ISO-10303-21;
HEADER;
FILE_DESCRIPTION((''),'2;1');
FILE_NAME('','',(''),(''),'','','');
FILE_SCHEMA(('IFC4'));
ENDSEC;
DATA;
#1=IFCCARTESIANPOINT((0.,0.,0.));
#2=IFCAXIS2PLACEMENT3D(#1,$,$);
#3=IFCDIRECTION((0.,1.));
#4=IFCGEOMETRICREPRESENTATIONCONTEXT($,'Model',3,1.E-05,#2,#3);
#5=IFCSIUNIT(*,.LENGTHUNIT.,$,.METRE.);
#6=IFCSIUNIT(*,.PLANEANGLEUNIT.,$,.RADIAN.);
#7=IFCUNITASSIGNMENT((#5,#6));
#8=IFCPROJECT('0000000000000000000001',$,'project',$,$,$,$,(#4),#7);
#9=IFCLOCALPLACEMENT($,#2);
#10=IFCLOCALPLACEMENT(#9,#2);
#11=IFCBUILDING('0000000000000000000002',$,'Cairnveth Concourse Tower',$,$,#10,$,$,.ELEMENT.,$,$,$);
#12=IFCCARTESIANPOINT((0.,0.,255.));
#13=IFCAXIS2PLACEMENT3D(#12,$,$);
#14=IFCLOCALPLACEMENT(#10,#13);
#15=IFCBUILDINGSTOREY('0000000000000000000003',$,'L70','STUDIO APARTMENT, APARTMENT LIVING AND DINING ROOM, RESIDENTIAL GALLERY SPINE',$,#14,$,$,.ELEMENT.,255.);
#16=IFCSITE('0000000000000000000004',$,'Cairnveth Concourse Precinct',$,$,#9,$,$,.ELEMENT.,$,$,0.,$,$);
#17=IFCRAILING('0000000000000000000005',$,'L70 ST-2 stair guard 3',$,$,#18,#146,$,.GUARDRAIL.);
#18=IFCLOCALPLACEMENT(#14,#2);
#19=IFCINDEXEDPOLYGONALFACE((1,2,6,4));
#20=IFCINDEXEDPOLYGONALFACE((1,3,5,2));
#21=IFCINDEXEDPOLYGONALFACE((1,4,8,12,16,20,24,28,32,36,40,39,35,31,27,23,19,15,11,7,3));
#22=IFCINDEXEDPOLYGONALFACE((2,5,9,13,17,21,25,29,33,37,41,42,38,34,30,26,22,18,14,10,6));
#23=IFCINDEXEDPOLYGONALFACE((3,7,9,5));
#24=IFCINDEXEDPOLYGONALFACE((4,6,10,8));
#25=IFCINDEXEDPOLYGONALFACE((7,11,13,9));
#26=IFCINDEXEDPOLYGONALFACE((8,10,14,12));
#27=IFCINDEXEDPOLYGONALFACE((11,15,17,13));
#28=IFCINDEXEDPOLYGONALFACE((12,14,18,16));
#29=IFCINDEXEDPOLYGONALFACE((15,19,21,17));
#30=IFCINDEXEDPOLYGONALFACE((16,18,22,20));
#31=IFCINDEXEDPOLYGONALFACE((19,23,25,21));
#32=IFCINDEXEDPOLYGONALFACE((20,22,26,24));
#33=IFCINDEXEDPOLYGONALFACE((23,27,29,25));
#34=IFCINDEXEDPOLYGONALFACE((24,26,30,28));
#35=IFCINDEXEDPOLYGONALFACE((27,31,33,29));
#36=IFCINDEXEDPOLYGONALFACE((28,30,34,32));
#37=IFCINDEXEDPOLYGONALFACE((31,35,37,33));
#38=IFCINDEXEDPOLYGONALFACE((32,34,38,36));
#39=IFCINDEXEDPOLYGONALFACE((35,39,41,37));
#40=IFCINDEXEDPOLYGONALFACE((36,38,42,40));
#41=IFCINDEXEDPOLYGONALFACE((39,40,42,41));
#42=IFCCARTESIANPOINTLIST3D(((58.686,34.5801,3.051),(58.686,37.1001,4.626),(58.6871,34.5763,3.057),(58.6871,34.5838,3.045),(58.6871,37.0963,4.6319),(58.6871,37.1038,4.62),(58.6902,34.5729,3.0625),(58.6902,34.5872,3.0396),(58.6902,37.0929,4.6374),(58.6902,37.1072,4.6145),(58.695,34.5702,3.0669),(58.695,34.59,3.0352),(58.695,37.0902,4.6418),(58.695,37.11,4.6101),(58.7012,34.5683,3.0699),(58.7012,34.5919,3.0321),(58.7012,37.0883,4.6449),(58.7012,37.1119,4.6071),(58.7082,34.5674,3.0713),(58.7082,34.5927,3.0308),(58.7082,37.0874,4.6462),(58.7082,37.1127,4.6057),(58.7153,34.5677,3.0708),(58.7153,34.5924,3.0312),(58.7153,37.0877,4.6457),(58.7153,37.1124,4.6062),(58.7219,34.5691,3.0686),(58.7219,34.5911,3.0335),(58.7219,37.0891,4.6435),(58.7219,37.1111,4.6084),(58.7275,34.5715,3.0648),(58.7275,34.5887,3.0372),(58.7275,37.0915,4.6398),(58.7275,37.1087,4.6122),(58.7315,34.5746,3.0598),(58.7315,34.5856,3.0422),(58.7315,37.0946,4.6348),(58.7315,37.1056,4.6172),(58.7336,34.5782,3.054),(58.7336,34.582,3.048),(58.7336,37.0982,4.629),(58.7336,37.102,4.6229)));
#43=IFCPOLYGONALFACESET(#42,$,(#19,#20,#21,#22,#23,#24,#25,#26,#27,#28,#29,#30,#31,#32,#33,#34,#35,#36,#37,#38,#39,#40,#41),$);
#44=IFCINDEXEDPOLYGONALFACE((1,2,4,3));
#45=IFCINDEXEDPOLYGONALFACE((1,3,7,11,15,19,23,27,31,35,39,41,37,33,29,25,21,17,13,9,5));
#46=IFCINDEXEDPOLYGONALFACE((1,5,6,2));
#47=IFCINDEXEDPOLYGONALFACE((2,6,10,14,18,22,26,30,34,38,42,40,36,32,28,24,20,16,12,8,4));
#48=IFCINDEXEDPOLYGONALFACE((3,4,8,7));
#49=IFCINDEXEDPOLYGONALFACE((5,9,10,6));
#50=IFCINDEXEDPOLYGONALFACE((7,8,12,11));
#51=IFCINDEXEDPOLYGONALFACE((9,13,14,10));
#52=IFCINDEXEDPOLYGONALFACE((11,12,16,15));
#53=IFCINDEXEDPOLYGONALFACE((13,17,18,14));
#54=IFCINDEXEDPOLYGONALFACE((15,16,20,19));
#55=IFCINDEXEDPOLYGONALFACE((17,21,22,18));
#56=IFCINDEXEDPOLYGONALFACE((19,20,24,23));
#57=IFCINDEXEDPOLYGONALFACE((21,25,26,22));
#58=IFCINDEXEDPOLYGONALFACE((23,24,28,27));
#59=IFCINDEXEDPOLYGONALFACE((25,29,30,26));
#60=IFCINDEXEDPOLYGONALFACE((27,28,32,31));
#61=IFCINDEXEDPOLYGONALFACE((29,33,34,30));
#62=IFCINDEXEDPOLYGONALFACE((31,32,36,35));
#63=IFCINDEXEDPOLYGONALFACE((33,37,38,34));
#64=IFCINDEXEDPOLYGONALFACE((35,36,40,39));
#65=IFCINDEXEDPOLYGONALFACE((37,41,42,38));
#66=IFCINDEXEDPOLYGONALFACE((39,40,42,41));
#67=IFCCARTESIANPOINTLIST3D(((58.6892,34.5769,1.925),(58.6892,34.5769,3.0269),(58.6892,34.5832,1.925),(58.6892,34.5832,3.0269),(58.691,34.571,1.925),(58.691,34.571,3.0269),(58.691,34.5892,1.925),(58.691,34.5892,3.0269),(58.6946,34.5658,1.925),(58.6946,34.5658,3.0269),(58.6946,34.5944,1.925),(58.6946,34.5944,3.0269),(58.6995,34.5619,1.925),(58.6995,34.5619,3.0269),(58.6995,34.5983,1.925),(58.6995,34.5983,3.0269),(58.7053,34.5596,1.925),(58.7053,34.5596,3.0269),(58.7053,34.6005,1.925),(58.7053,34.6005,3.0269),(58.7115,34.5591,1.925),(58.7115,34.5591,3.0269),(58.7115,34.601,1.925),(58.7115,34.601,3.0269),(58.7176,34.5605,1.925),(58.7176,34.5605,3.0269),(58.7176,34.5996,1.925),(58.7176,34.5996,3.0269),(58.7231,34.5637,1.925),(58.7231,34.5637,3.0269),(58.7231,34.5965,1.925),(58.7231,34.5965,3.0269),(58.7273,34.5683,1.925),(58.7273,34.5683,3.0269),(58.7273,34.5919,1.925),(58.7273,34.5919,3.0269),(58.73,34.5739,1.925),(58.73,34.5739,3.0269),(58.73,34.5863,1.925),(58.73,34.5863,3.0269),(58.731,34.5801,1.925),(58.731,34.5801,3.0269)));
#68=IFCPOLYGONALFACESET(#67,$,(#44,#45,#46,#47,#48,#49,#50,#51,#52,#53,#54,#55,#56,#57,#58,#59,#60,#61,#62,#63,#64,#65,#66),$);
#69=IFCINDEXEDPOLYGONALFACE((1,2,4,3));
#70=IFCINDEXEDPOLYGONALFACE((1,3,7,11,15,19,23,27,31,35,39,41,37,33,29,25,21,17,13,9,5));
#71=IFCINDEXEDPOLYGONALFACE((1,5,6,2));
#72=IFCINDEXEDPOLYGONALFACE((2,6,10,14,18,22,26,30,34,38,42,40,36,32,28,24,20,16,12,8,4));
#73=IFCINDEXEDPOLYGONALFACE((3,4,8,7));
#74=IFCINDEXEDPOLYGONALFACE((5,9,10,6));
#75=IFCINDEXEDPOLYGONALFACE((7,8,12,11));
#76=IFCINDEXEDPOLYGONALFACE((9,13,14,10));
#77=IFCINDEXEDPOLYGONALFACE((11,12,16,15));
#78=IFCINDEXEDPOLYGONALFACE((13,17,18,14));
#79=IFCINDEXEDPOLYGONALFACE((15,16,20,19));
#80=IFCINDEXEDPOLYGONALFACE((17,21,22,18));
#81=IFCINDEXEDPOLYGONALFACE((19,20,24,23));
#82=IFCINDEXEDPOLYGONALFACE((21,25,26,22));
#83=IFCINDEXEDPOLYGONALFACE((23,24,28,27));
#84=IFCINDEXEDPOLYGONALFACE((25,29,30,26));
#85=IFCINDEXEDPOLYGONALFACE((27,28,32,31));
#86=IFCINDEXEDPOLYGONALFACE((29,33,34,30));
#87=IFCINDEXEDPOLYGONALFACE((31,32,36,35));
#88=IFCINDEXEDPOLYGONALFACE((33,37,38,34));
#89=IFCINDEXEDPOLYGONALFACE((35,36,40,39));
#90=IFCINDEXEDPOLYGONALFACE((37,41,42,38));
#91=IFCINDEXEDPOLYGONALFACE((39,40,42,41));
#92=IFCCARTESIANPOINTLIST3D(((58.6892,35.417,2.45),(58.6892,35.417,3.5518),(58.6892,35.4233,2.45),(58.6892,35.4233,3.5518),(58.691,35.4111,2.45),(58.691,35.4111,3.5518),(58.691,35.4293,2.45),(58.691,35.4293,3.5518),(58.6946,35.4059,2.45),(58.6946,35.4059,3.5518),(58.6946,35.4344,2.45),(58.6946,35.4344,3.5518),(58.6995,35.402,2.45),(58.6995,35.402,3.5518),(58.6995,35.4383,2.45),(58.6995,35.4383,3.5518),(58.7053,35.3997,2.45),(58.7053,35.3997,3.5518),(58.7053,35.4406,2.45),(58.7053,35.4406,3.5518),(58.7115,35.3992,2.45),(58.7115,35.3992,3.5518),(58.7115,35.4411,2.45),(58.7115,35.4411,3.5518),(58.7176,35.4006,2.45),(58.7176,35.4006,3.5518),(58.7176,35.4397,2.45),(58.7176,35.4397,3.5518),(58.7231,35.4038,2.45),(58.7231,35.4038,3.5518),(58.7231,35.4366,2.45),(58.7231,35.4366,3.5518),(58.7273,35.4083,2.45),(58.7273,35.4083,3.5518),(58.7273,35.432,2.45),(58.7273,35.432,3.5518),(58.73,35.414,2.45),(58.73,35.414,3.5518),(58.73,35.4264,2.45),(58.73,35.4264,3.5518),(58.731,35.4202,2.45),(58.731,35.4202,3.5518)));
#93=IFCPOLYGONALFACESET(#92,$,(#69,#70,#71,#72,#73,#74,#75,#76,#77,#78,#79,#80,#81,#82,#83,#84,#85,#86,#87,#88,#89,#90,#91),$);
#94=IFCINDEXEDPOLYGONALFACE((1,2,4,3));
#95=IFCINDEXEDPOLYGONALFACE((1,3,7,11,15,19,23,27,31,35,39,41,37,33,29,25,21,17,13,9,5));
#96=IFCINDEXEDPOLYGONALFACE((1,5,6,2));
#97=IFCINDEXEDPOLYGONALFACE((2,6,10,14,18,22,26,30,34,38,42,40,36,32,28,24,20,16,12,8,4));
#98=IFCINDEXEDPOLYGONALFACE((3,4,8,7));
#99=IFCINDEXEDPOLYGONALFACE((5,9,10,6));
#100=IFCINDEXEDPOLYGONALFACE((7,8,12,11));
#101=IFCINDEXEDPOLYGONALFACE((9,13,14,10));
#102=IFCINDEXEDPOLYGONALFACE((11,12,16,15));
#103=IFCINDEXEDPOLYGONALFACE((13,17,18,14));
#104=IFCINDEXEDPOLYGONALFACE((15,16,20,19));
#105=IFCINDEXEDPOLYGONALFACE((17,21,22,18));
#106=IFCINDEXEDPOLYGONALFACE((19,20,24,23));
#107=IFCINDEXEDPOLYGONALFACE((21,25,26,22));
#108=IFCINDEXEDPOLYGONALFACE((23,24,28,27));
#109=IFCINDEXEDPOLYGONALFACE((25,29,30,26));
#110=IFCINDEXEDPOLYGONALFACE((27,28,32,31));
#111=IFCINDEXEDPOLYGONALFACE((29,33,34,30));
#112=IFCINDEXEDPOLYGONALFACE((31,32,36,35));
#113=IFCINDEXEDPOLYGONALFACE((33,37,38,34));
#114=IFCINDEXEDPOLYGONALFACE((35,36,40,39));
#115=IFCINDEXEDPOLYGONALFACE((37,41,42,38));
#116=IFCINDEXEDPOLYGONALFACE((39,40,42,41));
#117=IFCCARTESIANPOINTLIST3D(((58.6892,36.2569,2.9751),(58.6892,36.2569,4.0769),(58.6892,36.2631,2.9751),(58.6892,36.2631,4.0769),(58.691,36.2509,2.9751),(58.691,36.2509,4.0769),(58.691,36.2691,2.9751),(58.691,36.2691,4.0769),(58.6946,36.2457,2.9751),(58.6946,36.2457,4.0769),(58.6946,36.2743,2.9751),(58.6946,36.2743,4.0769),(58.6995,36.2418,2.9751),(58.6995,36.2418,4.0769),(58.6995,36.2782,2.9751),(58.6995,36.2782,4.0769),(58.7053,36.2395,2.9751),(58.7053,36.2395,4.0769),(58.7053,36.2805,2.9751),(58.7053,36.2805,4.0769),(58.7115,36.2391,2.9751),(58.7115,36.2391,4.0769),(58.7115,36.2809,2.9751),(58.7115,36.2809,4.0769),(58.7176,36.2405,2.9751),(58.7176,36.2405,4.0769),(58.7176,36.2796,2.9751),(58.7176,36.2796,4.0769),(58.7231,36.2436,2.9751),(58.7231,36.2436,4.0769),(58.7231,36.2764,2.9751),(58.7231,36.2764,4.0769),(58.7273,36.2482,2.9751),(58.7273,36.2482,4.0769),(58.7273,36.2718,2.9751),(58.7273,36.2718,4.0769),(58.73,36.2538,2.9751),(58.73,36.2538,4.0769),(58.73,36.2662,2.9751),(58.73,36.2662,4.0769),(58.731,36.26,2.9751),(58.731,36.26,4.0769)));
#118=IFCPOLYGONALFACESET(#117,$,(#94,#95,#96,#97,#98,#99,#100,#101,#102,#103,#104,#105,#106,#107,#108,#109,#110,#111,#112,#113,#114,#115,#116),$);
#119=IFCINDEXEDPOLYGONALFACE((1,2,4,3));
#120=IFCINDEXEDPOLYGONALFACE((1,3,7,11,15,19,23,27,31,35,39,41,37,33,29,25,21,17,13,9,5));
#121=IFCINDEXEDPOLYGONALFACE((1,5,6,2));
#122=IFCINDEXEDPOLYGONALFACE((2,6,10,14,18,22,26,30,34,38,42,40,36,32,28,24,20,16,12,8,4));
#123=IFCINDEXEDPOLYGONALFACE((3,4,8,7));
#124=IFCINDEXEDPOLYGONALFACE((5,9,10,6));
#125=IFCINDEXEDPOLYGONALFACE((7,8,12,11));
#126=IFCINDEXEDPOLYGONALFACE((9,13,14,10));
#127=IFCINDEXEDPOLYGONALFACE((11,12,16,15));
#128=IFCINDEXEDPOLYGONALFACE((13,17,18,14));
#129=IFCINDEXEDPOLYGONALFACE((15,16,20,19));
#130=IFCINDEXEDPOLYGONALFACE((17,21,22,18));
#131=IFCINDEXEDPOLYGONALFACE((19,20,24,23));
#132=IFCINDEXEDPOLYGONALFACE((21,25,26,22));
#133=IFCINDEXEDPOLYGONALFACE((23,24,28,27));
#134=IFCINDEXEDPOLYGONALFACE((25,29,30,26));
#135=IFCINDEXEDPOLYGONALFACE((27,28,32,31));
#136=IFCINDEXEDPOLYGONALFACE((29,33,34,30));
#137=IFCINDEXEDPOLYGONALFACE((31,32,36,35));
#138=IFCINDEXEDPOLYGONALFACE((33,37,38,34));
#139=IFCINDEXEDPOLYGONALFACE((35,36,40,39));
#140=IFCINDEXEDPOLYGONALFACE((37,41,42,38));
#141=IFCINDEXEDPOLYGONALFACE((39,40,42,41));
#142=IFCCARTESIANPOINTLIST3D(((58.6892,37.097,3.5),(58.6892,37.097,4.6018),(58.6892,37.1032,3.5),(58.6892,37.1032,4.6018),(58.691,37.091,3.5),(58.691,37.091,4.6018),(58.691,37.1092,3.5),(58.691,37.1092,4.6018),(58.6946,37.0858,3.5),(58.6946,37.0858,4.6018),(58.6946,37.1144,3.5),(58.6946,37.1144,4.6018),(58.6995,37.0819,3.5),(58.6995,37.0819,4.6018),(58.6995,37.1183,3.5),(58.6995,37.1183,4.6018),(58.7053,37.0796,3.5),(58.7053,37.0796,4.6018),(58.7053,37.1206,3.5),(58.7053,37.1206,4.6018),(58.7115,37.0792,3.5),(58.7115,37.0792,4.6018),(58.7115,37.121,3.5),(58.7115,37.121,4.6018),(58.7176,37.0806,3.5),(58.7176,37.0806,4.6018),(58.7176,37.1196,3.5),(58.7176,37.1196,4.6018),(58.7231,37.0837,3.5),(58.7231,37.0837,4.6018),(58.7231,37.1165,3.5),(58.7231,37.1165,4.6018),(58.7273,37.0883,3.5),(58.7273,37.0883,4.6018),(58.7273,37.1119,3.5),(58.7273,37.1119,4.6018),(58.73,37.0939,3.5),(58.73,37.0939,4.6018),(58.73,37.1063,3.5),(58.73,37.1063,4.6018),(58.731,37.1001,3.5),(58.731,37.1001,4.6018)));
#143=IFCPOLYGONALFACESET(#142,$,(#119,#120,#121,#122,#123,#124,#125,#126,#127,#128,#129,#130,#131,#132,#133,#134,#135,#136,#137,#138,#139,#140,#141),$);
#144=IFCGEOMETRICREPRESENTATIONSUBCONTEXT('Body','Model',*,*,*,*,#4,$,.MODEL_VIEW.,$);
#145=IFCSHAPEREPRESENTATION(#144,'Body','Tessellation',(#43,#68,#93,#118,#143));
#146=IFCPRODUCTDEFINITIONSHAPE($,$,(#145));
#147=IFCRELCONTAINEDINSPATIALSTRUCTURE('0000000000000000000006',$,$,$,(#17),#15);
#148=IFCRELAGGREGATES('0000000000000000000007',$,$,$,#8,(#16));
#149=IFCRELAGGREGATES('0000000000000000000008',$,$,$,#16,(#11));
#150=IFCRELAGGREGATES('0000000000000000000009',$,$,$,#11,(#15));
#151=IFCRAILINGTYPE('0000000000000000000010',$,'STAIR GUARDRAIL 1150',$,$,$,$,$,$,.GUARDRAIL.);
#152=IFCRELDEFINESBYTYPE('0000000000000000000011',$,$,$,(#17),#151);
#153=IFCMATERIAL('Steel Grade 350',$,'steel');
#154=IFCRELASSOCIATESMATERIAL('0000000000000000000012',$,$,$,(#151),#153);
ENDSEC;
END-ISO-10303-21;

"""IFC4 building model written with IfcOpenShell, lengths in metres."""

from ifc_helpers import new_model, si_unit, direction, frame, origin, origin_2d, place, context, subcontext, project, spatial, circle, extrude, material, type_object, element, save


model = new_model("IFC4")

# Units and contexts
model_context = context("Model", 3, precision=1e-05, world=origin(), true_north=direction((0.0, 1.0)))
body_context = subcontext(model_context, "Body", "Model", "MODEL_VIEW")
ifc_project = project(units=[si_unit("LENGTHUNIT", "METRE"), si_unit("PLANEANGLEUNIT", "RADIAN")], contexts=[model_context])

# Site, building, storey
site_placement = place(None, origin())
site = spatial("IfcSite", under=ifc_project, at=site_placement, Name="Cairnveth Concourse Precinct", CompositionType="ELEMENT", RefElevation=0.0)
building_placement = place(site_placement, origin())
building = spatial("IfcBuilding", under=site, at=building_placement, Name="Cairnveth Concourse Tower", CompositionType="ELEMENT")
storey_placement = place(building_placement, frame((0.0, 0.0, 255.0)))
storey = spatial("IfcBuildingStorey", under=building, at=storey_placement, Name="L70", Description="STUDIO APARTMENT, APARTMENT LIVING AND DINING ROOM, RESIDENTIAL GALLERY SPINE", CompositionType="ELEMENT", Elevation=255.0)

# Shared definitions
ifc_material_1 = material(Name="Steel Grade 350", Category="steel")

# Railing
railing_type_1 = type_object("IfcRailingType", Name="STAIR GUARDRAIL 1150", PredefinedType="GUARDRAIL", material=ifc_material_1)
railing_1_placement = place(storey_placement, frame((58.71, 34.5801, 1.925)))
element("IfcRailing", 1, at=railing_1_placement, inside=storey, type_object=railing_type_1, Name="L70 ST-2 stair guard 3", PredefinedType="GUARDRAIL", context=body_context, shape_type="SweptSolid", body=[
    extrude(circle(Radius=0.0239, at=origin_2d()), frame((0.0, 0.0, 1.126), z_axis=(0.0, 0.848008, 0.529984), x_axis=(-1.0, 0.0, 0.0)), (0.0, 0.0, 1.0), 2.9717),
    extrude(circle(Radius=0.021, at=origin_2d()), origin(), (0.0, 0.0, 1.0), 1.1018),
    extrude(circle(Radius=0.021, at=origin_2d()), frame((0.0, 0.8401, 0.5249)), (0.0, 0.0, 1.0), 1.1018),
    extrude(circle(Radius=0.021, at=origin_2d()), frame((0.0, 1.6799, 1.05)), (0.0, 0.0, 1.0), 1.1018),
    extrude(circle(Radius=0.021, at=origin_2d()), frame((0.0, 2.52, 1.575)), (0.0, 0.0, 1.0), 1.1018),
])

save(model, "model.ifc")
